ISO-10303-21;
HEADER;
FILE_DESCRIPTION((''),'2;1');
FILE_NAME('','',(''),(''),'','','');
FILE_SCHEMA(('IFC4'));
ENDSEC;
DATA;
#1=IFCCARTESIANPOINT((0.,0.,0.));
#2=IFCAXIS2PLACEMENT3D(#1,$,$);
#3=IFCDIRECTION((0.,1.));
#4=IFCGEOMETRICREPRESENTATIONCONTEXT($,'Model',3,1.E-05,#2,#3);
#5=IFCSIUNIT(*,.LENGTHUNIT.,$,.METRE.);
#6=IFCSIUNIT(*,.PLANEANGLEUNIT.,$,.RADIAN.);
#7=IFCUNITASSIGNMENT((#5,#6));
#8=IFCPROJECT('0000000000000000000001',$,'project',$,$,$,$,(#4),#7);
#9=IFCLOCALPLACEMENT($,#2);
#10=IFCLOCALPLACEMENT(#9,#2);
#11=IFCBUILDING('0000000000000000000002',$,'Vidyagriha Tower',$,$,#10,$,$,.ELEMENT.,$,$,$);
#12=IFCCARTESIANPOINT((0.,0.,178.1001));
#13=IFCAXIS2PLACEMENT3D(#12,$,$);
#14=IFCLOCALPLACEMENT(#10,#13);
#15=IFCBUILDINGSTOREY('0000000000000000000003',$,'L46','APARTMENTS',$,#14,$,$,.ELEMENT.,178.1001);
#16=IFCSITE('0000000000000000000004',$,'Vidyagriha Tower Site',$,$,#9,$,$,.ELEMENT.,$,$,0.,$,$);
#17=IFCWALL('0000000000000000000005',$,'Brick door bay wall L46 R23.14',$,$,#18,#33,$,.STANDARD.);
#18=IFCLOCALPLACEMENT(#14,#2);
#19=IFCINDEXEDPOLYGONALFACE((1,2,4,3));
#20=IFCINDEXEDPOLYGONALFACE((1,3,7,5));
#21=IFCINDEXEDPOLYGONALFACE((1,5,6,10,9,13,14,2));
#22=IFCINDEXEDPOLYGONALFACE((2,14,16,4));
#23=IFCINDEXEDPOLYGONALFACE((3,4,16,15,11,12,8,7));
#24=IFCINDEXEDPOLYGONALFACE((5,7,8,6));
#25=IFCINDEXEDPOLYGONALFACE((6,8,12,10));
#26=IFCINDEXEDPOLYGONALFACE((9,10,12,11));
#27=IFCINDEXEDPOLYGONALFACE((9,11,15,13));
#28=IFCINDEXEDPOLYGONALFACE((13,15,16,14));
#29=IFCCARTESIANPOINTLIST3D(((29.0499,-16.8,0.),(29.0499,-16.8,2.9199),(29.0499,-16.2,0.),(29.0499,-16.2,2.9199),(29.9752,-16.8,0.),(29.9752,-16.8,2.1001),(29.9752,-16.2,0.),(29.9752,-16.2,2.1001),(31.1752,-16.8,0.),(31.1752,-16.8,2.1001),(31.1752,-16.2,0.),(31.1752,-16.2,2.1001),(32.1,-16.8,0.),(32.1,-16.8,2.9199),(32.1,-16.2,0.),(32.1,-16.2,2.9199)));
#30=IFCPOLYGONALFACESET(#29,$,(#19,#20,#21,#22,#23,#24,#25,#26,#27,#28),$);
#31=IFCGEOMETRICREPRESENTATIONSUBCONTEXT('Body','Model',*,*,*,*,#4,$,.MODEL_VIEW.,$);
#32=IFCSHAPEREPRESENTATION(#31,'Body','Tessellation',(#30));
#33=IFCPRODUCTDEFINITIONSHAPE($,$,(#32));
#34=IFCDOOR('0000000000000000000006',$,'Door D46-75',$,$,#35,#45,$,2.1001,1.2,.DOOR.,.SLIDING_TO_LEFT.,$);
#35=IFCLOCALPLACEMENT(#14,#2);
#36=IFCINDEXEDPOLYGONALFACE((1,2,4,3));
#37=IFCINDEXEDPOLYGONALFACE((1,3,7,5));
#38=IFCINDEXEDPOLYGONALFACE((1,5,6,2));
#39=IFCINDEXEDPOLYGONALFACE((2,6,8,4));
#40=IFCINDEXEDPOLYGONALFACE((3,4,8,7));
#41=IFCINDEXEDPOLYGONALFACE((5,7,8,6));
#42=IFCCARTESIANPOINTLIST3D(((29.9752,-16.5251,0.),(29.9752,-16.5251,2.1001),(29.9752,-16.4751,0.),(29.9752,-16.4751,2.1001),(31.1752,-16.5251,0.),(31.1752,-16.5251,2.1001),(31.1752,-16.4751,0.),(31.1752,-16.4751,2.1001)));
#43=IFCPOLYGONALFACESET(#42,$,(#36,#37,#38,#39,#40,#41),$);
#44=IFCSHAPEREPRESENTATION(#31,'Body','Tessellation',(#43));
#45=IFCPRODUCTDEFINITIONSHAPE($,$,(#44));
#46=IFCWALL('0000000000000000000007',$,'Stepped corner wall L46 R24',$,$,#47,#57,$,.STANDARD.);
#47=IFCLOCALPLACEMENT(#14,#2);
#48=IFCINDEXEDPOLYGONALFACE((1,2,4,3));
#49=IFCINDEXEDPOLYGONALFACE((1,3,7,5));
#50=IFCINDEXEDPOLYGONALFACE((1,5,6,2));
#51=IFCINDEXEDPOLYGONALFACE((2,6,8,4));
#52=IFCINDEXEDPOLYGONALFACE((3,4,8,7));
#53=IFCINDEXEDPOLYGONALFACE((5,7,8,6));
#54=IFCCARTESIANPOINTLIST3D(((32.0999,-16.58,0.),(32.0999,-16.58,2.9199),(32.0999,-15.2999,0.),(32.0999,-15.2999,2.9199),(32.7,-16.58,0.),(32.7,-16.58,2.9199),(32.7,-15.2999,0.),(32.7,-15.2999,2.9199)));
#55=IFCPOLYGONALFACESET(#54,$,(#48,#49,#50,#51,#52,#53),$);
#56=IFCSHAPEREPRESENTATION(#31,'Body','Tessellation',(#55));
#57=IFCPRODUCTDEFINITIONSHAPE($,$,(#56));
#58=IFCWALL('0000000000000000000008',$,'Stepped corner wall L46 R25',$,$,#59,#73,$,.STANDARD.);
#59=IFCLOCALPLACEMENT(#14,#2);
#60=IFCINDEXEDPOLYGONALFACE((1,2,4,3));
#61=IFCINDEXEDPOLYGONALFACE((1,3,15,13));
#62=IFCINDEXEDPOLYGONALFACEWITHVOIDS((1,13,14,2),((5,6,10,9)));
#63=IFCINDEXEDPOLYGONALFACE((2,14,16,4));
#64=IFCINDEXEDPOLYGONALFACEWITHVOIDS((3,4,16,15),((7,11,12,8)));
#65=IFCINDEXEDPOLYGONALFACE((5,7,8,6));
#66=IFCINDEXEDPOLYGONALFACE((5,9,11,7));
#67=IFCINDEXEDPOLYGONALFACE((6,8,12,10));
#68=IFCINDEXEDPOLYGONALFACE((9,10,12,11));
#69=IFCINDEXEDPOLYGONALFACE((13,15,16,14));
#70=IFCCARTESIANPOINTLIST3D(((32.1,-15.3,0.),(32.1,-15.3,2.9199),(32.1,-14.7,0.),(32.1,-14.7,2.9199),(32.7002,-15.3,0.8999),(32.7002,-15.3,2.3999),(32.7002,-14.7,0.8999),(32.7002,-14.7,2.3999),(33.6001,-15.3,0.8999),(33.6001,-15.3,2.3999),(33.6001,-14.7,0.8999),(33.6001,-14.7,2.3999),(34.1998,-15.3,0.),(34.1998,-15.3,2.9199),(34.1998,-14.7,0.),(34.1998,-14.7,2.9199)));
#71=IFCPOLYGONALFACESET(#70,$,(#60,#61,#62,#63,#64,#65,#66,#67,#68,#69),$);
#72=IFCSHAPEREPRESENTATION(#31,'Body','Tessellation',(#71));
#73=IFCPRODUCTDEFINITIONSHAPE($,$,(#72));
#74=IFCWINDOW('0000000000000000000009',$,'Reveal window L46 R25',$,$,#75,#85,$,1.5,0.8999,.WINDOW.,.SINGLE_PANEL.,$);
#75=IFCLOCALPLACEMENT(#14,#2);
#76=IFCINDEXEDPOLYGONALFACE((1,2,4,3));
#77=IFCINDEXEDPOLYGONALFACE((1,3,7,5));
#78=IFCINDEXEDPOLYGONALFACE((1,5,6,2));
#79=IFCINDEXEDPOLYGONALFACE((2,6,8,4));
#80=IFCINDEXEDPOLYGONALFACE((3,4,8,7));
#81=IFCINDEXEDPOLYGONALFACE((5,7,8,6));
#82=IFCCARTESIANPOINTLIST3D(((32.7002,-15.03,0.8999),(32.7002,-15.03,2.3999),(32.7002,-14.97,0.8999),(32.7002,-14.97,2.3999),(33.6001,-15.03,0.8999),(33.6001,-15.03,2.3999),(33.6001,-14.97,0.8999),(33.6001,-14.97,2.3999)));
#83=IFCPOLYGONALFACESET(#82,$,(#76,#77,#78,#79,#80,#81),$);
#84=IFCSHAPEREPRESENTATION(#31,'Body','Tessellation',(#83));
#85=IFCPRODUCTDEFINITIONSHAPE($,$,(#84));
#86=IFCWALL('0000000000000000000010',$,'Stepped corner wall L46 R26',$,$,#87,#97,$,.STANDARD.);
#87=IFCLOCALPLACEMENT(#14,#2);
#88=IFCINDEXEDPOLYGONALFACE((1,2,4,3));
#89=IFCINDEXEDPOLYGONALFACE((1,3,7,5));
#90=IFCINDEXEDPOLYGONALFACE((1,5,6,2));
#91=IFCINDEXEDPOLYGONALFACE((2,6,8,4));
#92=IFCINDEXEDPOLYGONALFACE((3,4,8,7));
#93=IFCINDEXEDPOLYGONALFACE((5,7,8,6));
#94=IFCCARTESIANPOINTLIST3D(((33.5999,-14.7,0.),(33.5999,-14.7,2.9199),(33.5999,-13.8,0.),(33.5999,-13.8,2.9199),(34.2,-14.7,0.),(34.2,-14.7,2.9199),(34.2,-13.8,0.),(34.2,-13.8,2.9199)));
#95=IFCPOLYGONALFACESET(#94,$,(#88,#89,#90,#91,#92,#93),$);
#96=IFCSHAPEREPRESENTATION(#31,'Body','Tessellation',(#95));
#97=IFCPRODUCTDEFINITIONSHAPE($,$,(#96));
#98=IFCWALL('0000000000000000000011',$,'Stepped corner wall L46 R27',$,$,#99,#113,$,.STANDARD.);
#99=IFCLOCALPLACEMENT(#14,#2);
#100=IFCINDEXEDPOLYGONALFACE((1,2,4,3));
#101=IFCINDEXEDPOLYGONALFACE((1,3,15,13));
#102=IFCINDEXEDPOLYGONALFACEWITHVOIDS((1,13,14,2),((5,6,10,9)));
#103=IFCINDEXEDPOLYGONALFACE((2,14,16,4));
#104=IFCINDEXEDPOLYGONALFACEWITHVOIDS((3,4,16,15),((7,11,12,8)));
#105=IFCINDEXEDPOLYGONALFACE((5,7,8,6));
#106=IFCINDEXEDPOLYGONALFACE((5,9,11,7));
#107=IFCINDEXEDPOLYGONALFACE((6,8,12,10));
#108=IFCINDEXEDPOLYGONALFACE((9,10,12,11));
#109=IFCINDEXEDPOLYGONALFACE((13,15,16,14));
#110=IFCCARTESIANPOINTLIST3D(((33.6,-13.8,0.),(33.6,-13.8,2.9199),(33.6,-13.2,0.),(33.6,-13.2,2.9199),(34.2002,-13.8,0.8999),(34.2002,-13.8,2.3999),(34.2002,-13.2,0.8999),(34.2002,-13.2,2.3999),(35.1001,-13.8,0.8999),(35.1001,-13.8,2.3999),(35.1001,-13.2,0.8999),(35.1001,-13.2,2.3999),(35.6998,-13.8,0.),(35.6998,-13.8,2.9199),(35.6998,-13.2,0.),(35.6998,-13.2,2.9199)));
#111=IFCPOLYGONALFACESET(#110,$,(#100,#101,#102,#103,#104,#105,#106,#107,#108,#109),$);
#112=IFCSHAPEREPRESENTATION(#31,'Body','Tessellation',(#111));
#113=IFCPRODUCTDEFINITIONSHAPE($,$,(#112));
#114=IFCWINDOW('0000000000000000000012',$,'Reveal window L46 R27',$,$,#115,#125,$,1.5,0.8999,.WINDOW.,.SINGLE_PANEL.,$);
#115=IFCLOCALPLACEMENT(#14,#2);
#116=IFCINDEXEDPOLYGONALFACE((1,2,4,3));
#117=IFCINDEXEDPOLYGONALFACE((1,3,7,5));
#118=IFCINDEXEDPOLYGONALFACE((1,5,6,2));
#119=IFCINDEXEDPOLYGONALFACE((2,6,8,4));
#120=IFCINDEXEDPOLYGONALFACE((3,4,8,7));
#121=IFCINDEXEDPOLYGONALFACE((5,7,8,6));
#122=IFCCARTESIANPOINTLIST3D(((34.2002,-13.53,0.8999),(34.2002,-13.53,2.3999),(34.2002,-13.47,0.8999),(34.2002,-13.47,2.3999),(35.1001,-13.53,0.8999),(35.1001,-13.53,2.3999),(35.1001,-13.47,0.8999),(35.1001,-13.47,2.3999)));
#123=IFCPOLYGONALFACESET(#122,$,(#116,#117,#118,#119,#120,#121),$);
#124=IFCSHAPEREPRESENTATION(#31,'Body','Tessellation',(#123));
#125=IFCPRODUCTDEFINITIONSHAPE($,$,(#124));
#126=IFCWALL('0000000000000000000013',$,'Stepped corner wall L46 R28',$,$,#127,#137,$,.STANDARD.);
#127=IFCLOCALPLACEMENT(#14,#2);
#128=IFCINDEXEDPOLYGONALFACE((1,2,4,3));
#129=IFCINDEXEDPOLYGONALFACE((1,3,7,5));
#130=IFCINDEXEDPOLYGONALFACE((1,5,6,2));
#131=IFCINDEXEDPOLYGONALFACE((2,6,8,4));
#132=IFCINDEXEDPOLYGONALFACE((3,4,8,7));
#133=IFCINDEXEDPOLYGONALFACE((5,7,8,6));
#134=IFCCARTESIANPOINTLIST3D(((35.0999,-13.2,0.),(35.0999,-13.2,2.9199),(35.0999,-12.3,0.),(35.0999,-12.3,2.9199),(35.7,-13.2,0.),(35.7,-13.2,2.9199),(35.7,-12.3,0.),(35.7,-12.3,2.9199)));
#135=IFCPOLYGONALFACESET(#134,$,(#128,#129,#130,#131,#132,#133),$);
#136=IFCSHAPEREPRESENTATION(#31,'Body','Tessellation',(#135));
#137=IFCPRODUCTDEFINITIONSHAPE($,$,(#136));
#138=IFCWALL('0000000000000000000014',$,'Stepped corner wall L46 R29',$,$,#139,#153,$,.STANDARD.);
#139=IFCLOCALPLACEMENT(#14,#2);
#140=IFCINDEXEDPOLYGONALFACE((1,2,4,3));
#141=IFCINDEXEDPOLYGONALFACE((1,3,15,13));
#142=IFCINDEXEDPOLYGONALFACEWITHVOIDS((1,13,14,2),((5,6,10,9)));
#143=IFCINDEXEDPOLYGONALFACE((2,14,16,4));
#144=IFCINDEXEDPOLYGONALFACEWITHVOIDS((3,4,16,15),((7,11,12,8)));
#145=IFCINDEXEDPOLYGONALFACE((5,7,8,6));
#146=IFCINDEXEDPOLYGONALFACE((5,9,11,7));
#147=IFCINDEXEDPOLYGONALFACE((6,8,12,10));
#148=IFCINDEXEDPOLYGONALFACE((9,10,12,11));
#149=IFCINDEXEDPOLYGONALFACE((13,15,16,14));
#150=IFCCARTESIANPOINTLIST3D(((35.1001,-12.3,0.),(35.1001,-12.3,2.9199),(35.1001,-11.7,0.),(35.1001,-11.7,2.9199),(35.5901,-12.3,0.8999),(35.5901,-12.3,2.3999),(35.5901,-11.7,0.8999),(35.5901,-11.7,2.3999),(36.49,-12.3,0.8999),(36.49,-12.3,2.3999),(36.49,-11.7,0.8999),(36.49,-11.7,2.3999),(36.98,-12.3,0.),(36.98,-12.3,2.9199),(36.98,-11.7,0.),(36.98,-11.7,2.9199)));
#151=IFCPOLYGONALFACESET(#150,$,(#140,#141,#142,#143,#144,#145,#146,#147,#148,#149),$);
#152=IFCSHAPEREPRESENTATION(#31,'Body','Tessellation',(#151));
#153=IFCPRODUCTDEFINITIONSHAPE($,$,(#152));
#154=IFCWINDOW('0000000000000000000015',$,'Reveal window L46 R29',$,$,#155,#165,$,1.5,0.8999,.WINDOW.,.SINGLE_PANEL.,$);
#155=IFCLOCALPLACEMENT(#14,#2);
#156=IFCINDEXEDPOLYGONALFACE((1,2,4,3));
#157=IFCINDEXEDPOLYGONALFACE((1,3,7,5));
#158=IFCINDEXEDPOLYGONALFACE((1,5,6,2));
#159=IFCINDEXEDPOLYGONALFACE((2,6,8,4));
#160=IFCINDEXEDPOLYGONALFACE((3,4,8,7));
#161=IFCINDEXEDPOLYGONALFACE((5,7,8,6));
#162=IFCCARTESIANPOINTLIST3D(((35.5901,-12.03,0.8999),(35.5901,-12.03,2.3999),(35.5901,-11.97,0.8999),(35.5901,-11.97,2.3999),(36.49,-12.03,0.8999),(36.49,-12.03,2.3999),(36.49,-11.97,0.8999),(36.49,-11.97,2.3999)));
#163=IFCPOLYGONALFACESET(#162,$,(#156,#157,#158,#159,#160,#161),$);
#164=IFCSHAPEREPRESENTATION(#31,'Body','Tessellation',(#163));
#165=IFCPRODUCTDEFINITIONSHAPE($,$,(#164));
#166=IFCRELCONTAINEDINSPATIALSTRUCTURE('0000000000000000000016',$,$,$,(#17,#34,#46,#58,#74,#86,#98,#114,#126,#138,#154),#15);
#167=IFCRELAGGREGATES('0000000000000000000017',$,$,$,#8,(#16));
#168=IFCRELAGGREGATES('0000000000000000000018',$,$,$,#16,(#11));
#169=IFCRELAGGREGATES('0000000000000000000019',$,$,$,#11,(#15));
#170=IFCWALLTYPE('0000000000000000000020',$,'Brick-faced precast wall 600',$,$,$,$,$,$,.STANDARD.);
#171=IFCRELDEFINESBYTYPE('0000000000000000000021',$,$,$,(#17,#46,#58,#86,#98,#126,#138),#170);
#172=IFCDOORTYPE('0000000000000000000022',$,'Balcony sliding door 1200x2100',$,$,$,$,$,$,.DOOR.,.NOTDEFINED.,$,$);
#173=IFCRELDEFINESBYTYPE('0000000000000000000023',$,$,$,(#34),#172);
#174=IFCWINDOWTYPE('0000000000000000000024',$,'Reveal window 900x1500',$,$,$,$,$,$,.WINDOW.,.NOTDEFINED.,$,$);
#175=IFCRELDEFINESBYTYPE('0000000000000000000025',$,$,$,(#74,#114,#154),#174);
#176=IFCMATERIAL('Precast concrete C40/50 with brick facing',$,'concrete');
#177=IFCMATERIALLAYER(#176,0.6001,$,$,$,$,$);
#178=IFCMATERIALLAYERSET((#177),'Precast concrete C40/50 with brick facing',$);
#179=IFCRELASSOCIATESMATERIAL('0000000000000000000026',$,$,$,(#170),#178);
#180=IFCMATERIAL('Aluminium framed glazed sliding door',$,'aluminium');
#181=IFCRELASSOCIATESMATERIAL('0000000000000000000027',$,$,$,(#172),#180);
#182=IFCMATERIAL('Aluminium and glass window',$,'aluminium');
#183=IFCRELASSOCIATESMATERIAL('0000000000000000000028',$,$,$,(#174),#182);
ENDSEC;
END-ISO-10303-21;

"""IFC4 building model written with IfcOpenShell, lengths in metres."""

from ifc_helpers import new_model, si_unit, direction, frame, frame_2d, origin, place, context, subcontext, project, spatial, rectangle, extrude, material, layer, layer_set, type_object, element, fill, save


model = new_model("IFC4")

# Units and contexts
model_context = context("Model", 3, precision=1e-05, world=origin(), true_north=direction((0.0, 1.0)))
body_context = subcontext(model_context, "Body", "Model", "MODEL_VIEW")
ifc_project = project(units=[si_unit("LENGTHUNIT", "METRE"), si_unit("PLANEANGLEUNIT", "RADIAN")], contexts=[model_context])

# Site, building, storey
site_placement = place(None, origin())
site = spatial("IfcSite", under=ifc_project, at=site_placement, Name="Vidyagriha Tower Site", CompositionType="ELEMENT", RefElevation=0.0)
building_placement = place(site_placement, origin())
building = spatial("IfcBuilding", under=site, at=building_placement, Name="Vidyagriha Tower", CompositionType="ELEMENT")
storey_placement = place(building_placement, frame((0.0, 0.0, 178.1001)))
storey = spatial("IfcBuildingStorey", under=building, at=storey_placement, Name="L46", Description="APARTMENTS", CompositionType="ELEMENT", Elevation=178.1001)

# Wall, opening, door
ifc_material_1 = material(Name="Precast concrete C40/50 with brick facing", Category="concrete")
ifc_layer_1 = layer(ifc_material_1, 0.6001)
ifc_layer_set_1 = layer_set([ifc_layer_1], Name="Precast concrete C40/50 with brick facing")
wall_type_1 = type_object("IfcWallType", Name="Brick-faced precast wall 600", PredefinedType="STANDARD", material=ifc_layer_set_1)
wall_1_placement = place(storey_placement, frame((29.05, -16.5, 0.0)))
wall_1 = element("IfcWall", 1, at=wall_1_placement, inside=storey, type_object=wall_type_1, Name="Brick door bay wall L46 R23.14", PredefinedType="STANDARD", context=body_context, shape_type="SweptSolid", body=[
    extrude(rectangle(XDim=3.05, YDim=0.6001, at=frame_2d((1.5249, 0.0))), origin(), (0.0, 0.0, 1.0), 2.9199),
])
opening_1_placement = place(wall_1_placement, frame((0.925, 0.0, 0.0)))
opening_1 = element("IfcOpeningElement", 2, at=opening_1_placement, cuts=wall_1, PredefinedType="OPENING", context=body_context, shape_type="SweptSolid", body=[
    extrude(rectangle(XDim=1.2, YDim=2.1001, at=frame_2d((0.6001, 1.05))), frame((0.0, 0.3101, 0.0), z_axis=(0.0, -1.0, 0.0), x_axis=(1.0, 0.0, 0.0)), (0.0, 0.0, 1.0), 0.6201),
])
ifc_material_2 = material(Name="Aluminium framed glazed sliding door", Category="aluminium")
door_type_1 = type_object("IfcDoorType", Name="Balcony sliding door 1200x2100", OperationType="NOTDEFINED", PredefinedType="DOOR", material=ifc_material_2)
door_1_placement = place(opening_1_placement, origin())
door_1 = element("IfcDoor", 3, at=door_1_placement, inside=storey, type_object=door_type_1, Name="Door D46-75", OperationType="SLIDING_TO_LEFT", OverallHeight=2.1001, OverallWidth=1.2, PredefinedType="DOOR", context=body_context, shape_type="SweptSolid", body=[
    extrude(rectangle(XDim=1.2, YDim=2.1001, at=frame_2d((0.6001, 1.05))), frame((0.0, 0.0249, 0.0), z_axis=(0.0, -1.0, 0.0), x_axis=(1.0, 0.0, 0.0)), (0.0, 0.0, 1.0), 0.05),
])
fill(opening_1, door_1)

# Wall
wall_2_placement = place(storey_placement, frame((32.3999, -16.5801, 0.0), z_axis=(0.0, 0.0, 1.0), x_axis=(0.0, 1.0, 0.0)))
element("IfcWall", 4, at=wall_2_placement, inside=storey, type_object=wall_type_1, Name="Stepped corner wall L46 R24", PredefinedType="STANDARD", context=body_context, shape_type="SweptSolid", body=[
    extrude(rectangle(XDim=1.28, YDim=0.6001, at=frame_2d((0.6401, 0.0))), origin(), (0.0, 0.0, 1.0), 2.9199),
])

# Wall, opening, window
wall_3_placement = place(storey_placement, frame((32.1001, -15.0, 0.0)))
wall_3 = element("IfcWall", 5, at=wall_3_placement, inside=storey, type_object=wall_type_1, Name="Stepped corner wall L46 R25", PredefinedType="STANDARD", context=body_context, shape_type="SweptSolid", body=[
    extrude(rectangle(XDim=2.0999, YDim=0.6001, at=frame_2d((1.0498, 0.0))), origin(), (0.0, 0.0, 1.0), 2.9199),
])
opening_2_placement = place(wall_3_placement, frame((0.6001, 0.0, 0.8999)))
opening_2 = element("IfcOpeningElement", 6, at=opening_2_placement, cuts=wall_3, PredefinedType="OPENING", context=body_context, shape_type="SweptSolid", body=[
    extrude(rectangle(XDim=0.8999, YDim=1.5, at=frame_2d((0.45, 0.75))), frame((0.0, 0.3101, 0.0), z_axis=(0.0, -1.0, 0.0), x_axis=(1.0, 0.0, 0.0)), (0.0, 0.0, 1.0), 0.6201),
])
ifc_material_3 = material(Name="Aluminium and glass window", Category="aluminium")
window_type = type_object("IfcWindowType", Name="Reveal window 900x1500", PartitioningType="NOTDEFINED", PredefinedType="WINDOW", material=ifc_material_3)
window_1_placement = place(opening_2_placement, origin())
window_1 = element("IfcWindow", 7, at=window_1_placement, inside=storey, type_object=window_type, Name="Reveal window L46 R25", OverallHeight=1.5, OverallWidth=0.8999, PartitioningType="SINGLE_PANEL", PredefinedType="WINDOW", context=body_context, shape_type="SweptSolid", body=[
    extrude(rectangle(XDim=0.8999, YDim=1.5, at=frame_2d((0.45, 0.75))), frame((0.0, 0.03, 0.0), z_axis=(0.0, -1.0, 0.0), x_axis=(1.0, 0.0, 0.0)), (0.0, 0.0, 1.0), 0.0601),
])
fill(opening_2, window_1)

# Wall
wall_4_placement = place(storey_placement, frame((33.8999, -14.7, 0.0), z_axis=(0.0, 0.0, 1.0), x_axis=(0.0, 1.0, 0.0)))
element("IfcWall", 8, at=wall_4_placement, inside=storey, type_object=wall_type_1, Name="Stepped corner wall L46 R26", PredefinedType="STANDARD", context=body_context, shape_type="SweptSolid", body=[
    extrude(rectangle(XDim=0.8999, YDim=0.6001, at=frame_2d((0.45, 0.0))), origin(), (0.0, 0.0, 1.0), 2.9199),
])

# Wall, opening, window
wall_5_placement = place(storey_placement, frame((33.6001, -13.5, 0.0)))
wall_5 = element("IfcWall", 9, at=wall_5_placement, inside=storey, type_object=wall_type_1, Name="Stepped corner wall L46 R27", PredefinedType="STANDARD", context=body_context, shape_type="SweptSolid", body=[
    extrude(rectangle(XDim=2.0999, YDim=0.6001, at=frame_2d((1.0498, 0.0))), origin(), (0.0, 0.0, 1.0), 2.9199),
])
opening_3_placement = place(wall_5_placement, frame((0.6001, 0.0, 0.8999)))
opening_3 = element("IfcOpeningElement", 10, at=opening_3_placement, cuts=wall_5, PredefinedType="OPENING", context=body_context, shape_type="SweptSolid", body=[
    extrude(rectangle(XDim=0.8999, YDim=1.5, at=frame_2d((0.45, 0.75))), frame((0.0, 0.3101, 0.0), z_axis=(0.0, -1.0, 0.0), x_axis=(1.0, 0.0, 0.0)), (0.0, 0.0, 1.0), 0.6201),
])
window_2_placement = place(opening_3_placement, origin())
window_2 = element("IfcWindow", 11, at=window_2_placement, inside=storey, type_object=window_type, Name="Reveal window L46 R27", OverallHeight=1.5, OverallWidth=0.8999, PartitioningType="SINGLE_PANEL", PredefinedType="WINDOW", context=body_context, shape_type="SweptSolid", body=[
    extrude(rectangle(XDim=0.8999, YDim=1.5, at=frame_2d((0.45, 0.75))), frame((0.0, 0.03, 0.0), z_axis=(0.0, -1.0, 0.0), x_axis=(1.0, 0.0, 0.0)), (0.0, 0.0, 1.0), 0.0601),
])
fill(opening_3, window_2)

# Wall
wall_6_placement = place(storey_placement, frame((35.3999, -13.2, 0.0), z_axis=(0.0, 0.0, 1.0), x_axis=(0.0, 1.0, 0.0)))
element("IfcWall", 12, at=wall_6_placement, inside=storey, type_object=wall_type_1, Name="Stepped corner wall L46 R28", PredefinedType="STANDARD", context=body_context, shape_type="SweptSolid", body=[
    extrude(rectangle(XDim=0.8999, YDim=0.6001, at=frame_2d((0.45, 0.0))), origin(), (0.0, 0.0, 1.0), 2.9199),
])

# Wall, opening, window
wall_7_placement = place(storey_placement, frame((35.1001, -12.0, 0.0)))
wall_7 = element("IfcWall", 13, at=wall_7_placement, inside=storey, type_object=wall_type_1, Name="Stepped corner wall L46 R29", PredefinedType="STANDARD", context=body_context, shape_type="SweptSolid", body=[
    extrude(rectangle(XDim=1.8799, YDim=0.6001, at=frame_2d((0.9399, 0.0))), origin(), (0.0, 0.0, 1.0), 2.9199),
])
opening_4_placement = place(wall_7_placement, frame((0.49, 0.0, 0.8999)))
opening_4 = element("IfcOpeningElement", 14, at=opening_4_placement, cuts=wall_7, PredefinedType="OPENING", context=body_context, shape_type="SweptSolid", body=[
    extrude(rectangle(XDim=0.8999, YDim=1.5, at=frame_2d((0.45, 0.75))), frame((0.0, 0.3101, 0.0), z_axis=(0.0, -1.0, 0.0), x_axis=(1.0, 0.0, 0.0)), (0.0, 0.0, 1.0), 0.6201),
])
window_3_placement = place(opening_4_placement, origin())
window_3 = element("IfcWindow", 15, at=window_3_placement, inside=storey, type_object=window_type, Name="Reveal window L46 R29", OverallHeight=1.5, OverallWidth=0.8999, PartitioningType="SINGLE_PANEL", PredefinedType="WINDOW", context=body_context, shape_type="SweptSolid", body=[
    extrude(rectangle(XDim=0.8999, YDim=1.5, at=frame_2d((0.45, 0.75))), frame((0.0, 0.03, 0.0), z_axis=(0.0, -1.0, 0.0), x_axis=(1.0, 0.0, 0.0)), (0.0, 0.0, 1.0), 0.0601),
])
fill(opening_4, window_3)

save(model, "model.ifc")
